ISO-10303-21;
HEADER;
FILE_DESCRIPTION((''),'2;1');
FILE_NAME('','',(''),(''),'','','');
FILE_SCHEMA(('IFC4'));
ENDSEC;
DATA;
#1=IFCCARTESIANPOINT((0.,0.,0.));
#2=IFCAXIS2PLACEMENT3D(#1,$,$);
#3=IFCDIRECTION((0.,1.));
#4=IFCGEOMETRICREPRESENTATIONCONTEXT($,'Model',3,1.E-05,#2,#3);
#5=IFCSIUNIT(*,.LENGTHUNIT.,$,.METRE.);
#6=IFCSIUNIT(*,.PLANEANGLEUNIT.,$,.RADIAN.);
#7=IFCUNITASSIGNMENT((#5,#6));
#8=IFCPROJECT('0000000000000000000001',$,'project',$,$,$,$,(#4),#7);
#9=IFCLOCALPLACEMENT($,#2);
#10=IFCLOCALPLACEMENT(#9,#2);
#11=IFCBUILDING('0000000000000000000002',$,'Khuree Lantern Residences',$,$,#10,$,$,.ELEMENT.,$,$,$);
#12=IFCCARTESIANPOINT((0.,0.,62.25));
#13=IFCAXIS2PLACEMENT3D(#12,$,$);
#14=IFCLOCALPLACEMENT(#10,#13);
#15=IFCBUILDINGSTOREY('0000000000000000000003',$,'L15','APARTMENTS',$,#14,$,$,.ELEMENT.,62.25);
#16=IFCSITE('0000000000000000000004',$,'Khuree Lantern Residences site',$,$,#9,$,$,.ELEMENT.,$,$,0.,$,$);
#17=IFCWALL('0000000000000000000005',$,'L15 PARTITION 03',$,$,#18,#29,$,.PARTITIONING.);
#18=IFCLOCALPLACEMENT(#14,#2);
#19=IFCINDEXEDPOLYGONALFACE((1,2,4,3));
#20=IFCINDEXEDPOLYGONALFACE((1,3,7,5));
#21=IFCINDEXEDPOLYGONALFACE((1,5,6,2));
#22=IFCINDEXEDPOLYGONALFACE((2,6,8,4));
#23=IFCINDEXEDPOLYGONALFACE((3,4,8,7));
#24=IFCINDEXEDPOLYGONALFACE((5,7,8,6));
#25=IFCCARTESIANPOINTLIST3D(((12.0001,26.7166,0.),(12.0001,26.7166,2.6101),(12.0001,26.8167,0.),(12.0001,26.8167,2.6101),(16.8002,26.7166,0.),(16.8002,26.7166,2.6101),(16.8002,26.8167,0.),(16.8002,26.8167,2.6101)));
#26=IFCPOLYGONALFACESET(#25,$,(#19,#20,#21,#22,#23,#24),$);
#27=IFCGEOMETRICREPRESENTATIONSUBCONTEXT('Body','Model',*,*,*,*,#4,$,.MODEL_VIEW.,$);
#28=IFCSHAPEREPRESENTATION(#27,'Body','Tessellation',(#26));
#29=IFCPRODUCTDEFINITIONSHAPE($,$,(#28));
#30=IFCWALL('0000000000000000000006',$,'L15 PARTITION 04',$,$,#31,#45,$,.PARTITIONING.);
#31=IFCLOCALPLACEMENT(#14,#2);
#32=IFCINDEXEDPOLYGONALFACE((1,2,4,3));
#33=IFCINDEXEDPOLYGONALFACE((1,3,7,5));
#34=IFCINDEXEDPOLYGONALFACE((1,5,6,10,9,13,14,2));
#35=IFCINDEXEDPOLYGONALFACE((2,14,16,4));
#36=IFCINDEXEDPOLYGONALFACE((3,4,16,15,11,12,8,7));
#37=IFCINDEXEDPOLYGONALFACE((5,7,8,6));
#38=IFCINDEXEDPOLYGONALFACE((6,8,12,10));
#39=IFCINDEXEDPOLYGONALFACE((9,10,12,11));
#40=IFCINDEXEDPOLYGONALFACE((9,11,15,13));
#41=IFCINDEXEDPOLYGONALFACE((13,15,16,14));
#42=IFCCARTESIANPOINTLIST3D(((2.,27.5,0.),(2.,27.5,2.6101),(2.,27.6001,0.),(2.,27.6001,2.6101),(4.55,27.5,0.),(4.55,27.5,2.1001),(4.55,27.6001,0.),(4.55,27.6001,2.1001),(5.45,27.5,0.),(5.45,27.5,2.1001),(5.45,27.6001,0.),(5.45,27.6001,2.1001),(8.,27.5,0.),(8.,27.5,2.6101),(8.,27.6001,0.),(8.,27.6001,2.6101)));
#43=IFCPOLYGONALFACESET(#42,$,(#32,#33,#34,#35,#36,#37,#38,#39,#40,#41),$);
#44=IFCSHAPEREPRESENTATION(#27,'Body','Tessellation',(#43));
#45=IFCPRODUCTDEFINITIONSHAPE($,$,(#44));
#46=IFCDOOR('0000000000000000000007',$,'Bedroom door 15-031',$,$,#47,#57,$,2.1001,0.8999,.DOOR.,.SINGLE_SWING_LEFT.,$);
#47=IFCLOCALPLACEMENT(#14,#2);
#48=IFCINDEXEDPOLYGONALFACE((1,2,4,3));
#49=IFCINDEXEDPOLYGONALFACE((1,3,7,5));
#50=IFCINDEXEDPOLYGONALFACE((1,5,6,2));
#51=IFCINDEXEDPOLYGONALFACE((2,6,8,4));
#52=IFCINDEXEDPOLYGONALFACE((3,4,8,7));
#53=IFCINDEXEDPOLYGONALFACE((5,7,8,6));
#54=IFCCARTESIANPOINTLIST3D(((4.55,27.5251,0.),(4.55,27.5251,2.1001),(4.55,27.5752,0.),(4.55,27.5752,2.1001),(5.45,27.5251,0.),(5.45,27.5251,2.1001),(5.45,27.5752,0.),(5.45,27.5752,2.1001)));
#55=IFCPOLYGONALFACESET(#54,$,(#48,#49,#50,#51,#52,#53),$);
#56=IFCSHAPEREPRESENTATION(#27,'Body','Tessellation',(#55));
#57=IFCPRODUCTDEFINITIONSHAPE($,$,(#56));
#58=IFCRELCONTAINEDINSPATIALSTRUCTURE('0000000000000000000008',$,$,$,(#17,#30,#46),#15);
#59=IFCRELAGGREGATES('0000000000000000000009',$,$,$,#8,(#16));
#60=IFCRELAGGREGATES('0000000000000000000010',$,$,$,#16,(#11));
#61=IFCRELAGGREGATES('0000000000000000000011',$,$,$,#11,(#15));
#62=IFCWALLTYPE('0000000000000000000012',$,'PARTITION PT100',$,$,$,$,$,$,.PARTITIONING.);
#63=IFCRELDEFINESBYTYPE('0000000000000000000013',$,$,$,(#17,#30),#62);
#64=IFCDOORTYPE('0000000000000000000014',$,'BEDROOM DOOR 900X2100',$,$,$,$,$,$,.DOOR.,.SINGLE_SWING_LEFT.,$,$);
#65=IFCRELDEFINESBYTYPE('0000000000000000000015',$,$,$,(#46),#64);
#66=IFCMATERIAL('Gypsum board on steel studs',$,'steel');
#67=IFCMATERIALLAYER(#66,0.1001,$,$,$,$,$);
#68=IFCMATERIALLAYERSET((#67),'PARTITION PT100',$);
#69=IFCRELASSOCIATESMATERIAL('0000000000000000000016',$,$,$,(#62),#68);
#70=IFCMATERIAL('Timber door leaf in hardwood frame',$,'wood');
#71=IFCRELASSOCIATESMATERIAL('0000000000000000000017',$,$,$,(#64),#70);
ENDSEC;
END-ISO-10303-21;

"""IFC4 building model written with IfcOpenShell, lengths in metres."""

from ifc_helpers import new_model, si_unit, direction, frame, frame_2d, origin, place, context, subcontext, project, spatial, rectangle, extrude, material, layer, layer_set, type_object, element, fill, save


model = new_model("IFC4")

# Units and contexts
model_context = context("Model", 3, precision=1e-05, world=origin(), true_north=direction((0.0, 1.0)))
body_context = subcontext(model_context, "Body", "Model", "MODEL_VIEW")
ifc_project = project(units=[si_unit("LENGTHUNIT", "METRE"), si_unit("PLANEANGLEUNIT", "RADIAN")], contexts=[model_context])

# Site, building, storey
site_placement = place(None, origin())
site = spatial("IfcSite", under=ifc_project, at=site_placement, Name="Khuree Lantern Residences site", CompositionType="ELEMENT", RefElevation=0.0)
building_placement = place(site_placement, origin())
building = spatial("IfcBuilding", under=site, at=building_placement, Name="Khuree Lantern Residences", CompositionType="ELEMENT")
storey_placement = place(building_placement, frame((0.0, 0.0, 62.25)))
storey = spatial("IfcBuildingStorey", under=building, at=storey_placement, Name="L15", Description="APARTMENTS", CompositionType="ELEMENT", Elevation=62.25)

# Shared definitions
ifc_material_1 = material(Name="Gypsum board on steel studs", Category="steel")
ifc_layer_1 = layer(ifc_material_1, 0.1001)
ifc_layer_set_1 = layer_set([ifc_layer_1], Name="PARTITION PT100")
wall_type = type_object("IfcWallType", Name="PARTITION PT100", PredefinedType="PARTITIONING", material=ifc_layer_set_1)

# Shared definitions
ifc_material_2 = material(Name="Timber door leaf in hardwood frame", Category="wood")
door_type_1 = type_object("IfcDoorType", Name="BEDROOM DOOR 900X2100", OperationType="SINGLE_SWING_LEFT", PredefinedType="DOOR", material=ifc_material_2)

# Wall
wall_1_placement = place(storey_placement, frame((16.8, 26.7666, 0.0), z_axis=(0.0, 0.0, 1.0), x_axis=(-1.0, 0.0, 0.0)))
element("IfcWall", 1, at=wall_1_placement, inside=storey, type_object=wall_type, Name="L15 PARTITION 03", PredefinedType="PARTITIONING", context=body_context, shape_type="SweptSolid", body=[
    extrude(rectangle(XDim=4.8, YDim=0.1001, at=frame_2d((2.3999, 0.0))), origin(), (0.0, 0.0, 1.0), 2.6101),
])

# Wall, opening, door
wall_2_placement = place(storey_placement, frame((8.0, 27.55, 0.0), z_axis=(0.0, 0.0, 1.0), x_axis=(-1.0, 0.0, 0.0)))
wall_2 = element("IfcWall", 2, at=wall_2_placement, inside=storey, type_object=wall_type, Name="L15 PARTITION 04", PredefinedType="PARTITIONING", context=body_context, shape_type="SweptSolid", body=[
    extrude(rectangle(XDim=6.0, YDim=0.1001, at=frame_2d((3.0, 0.0))), origin(), (0.0, 0.0, 1.0), 2.6101),
])
opening_1_placement = place(wall_2_placement, frame((2.55, 0.0, 0.0)))
opening_1 = element("IfcOpeningElement", 3, at=opening_1_placement, cuts=wall_2, PredefinedType="OPENING", context=body_context, shape_type="SweptSolid", body=[
    extrude(rectangle(XDim=0.8999, YDim=2.1001, at=frame_2d((0.45, 1.05))), frame((0.0, 0.0601, 0.0), z_axis=(0.0, -1.0, 0.0), x_axis=(1.0, 0.0, 0.0)), (0.0, 0.0, 1.0), 0.1201),
])
door_1_placement = place(opening_1_placement, origin())
door_1 = element("IfcDoor", 4, at=door_1_placement, inside=storey, type_object=door_type_1, Name="Bedroom door 15-031", OperationType="SINGLE_SWING_LEFT", OverallHeight=2.1001, OverallWidth=0.8999, PredefinedType="DOOR", context=body_context, shape_type="SweptSolid", body=[
    extrude(rectangle(XDim=0.8999, YDim=2.1001, at=frame_2d((0.45, 1.05))), frame((0.0, 0.0249, 0.0), z_axis=(0.0, -1.0, 0.0), x_axis=(1.0, 0.0, 0.0)), (0.0, 0.0, 1.0), 0.05),
])
fill(opening_1, door_1)

save(model, "model.ifc")
